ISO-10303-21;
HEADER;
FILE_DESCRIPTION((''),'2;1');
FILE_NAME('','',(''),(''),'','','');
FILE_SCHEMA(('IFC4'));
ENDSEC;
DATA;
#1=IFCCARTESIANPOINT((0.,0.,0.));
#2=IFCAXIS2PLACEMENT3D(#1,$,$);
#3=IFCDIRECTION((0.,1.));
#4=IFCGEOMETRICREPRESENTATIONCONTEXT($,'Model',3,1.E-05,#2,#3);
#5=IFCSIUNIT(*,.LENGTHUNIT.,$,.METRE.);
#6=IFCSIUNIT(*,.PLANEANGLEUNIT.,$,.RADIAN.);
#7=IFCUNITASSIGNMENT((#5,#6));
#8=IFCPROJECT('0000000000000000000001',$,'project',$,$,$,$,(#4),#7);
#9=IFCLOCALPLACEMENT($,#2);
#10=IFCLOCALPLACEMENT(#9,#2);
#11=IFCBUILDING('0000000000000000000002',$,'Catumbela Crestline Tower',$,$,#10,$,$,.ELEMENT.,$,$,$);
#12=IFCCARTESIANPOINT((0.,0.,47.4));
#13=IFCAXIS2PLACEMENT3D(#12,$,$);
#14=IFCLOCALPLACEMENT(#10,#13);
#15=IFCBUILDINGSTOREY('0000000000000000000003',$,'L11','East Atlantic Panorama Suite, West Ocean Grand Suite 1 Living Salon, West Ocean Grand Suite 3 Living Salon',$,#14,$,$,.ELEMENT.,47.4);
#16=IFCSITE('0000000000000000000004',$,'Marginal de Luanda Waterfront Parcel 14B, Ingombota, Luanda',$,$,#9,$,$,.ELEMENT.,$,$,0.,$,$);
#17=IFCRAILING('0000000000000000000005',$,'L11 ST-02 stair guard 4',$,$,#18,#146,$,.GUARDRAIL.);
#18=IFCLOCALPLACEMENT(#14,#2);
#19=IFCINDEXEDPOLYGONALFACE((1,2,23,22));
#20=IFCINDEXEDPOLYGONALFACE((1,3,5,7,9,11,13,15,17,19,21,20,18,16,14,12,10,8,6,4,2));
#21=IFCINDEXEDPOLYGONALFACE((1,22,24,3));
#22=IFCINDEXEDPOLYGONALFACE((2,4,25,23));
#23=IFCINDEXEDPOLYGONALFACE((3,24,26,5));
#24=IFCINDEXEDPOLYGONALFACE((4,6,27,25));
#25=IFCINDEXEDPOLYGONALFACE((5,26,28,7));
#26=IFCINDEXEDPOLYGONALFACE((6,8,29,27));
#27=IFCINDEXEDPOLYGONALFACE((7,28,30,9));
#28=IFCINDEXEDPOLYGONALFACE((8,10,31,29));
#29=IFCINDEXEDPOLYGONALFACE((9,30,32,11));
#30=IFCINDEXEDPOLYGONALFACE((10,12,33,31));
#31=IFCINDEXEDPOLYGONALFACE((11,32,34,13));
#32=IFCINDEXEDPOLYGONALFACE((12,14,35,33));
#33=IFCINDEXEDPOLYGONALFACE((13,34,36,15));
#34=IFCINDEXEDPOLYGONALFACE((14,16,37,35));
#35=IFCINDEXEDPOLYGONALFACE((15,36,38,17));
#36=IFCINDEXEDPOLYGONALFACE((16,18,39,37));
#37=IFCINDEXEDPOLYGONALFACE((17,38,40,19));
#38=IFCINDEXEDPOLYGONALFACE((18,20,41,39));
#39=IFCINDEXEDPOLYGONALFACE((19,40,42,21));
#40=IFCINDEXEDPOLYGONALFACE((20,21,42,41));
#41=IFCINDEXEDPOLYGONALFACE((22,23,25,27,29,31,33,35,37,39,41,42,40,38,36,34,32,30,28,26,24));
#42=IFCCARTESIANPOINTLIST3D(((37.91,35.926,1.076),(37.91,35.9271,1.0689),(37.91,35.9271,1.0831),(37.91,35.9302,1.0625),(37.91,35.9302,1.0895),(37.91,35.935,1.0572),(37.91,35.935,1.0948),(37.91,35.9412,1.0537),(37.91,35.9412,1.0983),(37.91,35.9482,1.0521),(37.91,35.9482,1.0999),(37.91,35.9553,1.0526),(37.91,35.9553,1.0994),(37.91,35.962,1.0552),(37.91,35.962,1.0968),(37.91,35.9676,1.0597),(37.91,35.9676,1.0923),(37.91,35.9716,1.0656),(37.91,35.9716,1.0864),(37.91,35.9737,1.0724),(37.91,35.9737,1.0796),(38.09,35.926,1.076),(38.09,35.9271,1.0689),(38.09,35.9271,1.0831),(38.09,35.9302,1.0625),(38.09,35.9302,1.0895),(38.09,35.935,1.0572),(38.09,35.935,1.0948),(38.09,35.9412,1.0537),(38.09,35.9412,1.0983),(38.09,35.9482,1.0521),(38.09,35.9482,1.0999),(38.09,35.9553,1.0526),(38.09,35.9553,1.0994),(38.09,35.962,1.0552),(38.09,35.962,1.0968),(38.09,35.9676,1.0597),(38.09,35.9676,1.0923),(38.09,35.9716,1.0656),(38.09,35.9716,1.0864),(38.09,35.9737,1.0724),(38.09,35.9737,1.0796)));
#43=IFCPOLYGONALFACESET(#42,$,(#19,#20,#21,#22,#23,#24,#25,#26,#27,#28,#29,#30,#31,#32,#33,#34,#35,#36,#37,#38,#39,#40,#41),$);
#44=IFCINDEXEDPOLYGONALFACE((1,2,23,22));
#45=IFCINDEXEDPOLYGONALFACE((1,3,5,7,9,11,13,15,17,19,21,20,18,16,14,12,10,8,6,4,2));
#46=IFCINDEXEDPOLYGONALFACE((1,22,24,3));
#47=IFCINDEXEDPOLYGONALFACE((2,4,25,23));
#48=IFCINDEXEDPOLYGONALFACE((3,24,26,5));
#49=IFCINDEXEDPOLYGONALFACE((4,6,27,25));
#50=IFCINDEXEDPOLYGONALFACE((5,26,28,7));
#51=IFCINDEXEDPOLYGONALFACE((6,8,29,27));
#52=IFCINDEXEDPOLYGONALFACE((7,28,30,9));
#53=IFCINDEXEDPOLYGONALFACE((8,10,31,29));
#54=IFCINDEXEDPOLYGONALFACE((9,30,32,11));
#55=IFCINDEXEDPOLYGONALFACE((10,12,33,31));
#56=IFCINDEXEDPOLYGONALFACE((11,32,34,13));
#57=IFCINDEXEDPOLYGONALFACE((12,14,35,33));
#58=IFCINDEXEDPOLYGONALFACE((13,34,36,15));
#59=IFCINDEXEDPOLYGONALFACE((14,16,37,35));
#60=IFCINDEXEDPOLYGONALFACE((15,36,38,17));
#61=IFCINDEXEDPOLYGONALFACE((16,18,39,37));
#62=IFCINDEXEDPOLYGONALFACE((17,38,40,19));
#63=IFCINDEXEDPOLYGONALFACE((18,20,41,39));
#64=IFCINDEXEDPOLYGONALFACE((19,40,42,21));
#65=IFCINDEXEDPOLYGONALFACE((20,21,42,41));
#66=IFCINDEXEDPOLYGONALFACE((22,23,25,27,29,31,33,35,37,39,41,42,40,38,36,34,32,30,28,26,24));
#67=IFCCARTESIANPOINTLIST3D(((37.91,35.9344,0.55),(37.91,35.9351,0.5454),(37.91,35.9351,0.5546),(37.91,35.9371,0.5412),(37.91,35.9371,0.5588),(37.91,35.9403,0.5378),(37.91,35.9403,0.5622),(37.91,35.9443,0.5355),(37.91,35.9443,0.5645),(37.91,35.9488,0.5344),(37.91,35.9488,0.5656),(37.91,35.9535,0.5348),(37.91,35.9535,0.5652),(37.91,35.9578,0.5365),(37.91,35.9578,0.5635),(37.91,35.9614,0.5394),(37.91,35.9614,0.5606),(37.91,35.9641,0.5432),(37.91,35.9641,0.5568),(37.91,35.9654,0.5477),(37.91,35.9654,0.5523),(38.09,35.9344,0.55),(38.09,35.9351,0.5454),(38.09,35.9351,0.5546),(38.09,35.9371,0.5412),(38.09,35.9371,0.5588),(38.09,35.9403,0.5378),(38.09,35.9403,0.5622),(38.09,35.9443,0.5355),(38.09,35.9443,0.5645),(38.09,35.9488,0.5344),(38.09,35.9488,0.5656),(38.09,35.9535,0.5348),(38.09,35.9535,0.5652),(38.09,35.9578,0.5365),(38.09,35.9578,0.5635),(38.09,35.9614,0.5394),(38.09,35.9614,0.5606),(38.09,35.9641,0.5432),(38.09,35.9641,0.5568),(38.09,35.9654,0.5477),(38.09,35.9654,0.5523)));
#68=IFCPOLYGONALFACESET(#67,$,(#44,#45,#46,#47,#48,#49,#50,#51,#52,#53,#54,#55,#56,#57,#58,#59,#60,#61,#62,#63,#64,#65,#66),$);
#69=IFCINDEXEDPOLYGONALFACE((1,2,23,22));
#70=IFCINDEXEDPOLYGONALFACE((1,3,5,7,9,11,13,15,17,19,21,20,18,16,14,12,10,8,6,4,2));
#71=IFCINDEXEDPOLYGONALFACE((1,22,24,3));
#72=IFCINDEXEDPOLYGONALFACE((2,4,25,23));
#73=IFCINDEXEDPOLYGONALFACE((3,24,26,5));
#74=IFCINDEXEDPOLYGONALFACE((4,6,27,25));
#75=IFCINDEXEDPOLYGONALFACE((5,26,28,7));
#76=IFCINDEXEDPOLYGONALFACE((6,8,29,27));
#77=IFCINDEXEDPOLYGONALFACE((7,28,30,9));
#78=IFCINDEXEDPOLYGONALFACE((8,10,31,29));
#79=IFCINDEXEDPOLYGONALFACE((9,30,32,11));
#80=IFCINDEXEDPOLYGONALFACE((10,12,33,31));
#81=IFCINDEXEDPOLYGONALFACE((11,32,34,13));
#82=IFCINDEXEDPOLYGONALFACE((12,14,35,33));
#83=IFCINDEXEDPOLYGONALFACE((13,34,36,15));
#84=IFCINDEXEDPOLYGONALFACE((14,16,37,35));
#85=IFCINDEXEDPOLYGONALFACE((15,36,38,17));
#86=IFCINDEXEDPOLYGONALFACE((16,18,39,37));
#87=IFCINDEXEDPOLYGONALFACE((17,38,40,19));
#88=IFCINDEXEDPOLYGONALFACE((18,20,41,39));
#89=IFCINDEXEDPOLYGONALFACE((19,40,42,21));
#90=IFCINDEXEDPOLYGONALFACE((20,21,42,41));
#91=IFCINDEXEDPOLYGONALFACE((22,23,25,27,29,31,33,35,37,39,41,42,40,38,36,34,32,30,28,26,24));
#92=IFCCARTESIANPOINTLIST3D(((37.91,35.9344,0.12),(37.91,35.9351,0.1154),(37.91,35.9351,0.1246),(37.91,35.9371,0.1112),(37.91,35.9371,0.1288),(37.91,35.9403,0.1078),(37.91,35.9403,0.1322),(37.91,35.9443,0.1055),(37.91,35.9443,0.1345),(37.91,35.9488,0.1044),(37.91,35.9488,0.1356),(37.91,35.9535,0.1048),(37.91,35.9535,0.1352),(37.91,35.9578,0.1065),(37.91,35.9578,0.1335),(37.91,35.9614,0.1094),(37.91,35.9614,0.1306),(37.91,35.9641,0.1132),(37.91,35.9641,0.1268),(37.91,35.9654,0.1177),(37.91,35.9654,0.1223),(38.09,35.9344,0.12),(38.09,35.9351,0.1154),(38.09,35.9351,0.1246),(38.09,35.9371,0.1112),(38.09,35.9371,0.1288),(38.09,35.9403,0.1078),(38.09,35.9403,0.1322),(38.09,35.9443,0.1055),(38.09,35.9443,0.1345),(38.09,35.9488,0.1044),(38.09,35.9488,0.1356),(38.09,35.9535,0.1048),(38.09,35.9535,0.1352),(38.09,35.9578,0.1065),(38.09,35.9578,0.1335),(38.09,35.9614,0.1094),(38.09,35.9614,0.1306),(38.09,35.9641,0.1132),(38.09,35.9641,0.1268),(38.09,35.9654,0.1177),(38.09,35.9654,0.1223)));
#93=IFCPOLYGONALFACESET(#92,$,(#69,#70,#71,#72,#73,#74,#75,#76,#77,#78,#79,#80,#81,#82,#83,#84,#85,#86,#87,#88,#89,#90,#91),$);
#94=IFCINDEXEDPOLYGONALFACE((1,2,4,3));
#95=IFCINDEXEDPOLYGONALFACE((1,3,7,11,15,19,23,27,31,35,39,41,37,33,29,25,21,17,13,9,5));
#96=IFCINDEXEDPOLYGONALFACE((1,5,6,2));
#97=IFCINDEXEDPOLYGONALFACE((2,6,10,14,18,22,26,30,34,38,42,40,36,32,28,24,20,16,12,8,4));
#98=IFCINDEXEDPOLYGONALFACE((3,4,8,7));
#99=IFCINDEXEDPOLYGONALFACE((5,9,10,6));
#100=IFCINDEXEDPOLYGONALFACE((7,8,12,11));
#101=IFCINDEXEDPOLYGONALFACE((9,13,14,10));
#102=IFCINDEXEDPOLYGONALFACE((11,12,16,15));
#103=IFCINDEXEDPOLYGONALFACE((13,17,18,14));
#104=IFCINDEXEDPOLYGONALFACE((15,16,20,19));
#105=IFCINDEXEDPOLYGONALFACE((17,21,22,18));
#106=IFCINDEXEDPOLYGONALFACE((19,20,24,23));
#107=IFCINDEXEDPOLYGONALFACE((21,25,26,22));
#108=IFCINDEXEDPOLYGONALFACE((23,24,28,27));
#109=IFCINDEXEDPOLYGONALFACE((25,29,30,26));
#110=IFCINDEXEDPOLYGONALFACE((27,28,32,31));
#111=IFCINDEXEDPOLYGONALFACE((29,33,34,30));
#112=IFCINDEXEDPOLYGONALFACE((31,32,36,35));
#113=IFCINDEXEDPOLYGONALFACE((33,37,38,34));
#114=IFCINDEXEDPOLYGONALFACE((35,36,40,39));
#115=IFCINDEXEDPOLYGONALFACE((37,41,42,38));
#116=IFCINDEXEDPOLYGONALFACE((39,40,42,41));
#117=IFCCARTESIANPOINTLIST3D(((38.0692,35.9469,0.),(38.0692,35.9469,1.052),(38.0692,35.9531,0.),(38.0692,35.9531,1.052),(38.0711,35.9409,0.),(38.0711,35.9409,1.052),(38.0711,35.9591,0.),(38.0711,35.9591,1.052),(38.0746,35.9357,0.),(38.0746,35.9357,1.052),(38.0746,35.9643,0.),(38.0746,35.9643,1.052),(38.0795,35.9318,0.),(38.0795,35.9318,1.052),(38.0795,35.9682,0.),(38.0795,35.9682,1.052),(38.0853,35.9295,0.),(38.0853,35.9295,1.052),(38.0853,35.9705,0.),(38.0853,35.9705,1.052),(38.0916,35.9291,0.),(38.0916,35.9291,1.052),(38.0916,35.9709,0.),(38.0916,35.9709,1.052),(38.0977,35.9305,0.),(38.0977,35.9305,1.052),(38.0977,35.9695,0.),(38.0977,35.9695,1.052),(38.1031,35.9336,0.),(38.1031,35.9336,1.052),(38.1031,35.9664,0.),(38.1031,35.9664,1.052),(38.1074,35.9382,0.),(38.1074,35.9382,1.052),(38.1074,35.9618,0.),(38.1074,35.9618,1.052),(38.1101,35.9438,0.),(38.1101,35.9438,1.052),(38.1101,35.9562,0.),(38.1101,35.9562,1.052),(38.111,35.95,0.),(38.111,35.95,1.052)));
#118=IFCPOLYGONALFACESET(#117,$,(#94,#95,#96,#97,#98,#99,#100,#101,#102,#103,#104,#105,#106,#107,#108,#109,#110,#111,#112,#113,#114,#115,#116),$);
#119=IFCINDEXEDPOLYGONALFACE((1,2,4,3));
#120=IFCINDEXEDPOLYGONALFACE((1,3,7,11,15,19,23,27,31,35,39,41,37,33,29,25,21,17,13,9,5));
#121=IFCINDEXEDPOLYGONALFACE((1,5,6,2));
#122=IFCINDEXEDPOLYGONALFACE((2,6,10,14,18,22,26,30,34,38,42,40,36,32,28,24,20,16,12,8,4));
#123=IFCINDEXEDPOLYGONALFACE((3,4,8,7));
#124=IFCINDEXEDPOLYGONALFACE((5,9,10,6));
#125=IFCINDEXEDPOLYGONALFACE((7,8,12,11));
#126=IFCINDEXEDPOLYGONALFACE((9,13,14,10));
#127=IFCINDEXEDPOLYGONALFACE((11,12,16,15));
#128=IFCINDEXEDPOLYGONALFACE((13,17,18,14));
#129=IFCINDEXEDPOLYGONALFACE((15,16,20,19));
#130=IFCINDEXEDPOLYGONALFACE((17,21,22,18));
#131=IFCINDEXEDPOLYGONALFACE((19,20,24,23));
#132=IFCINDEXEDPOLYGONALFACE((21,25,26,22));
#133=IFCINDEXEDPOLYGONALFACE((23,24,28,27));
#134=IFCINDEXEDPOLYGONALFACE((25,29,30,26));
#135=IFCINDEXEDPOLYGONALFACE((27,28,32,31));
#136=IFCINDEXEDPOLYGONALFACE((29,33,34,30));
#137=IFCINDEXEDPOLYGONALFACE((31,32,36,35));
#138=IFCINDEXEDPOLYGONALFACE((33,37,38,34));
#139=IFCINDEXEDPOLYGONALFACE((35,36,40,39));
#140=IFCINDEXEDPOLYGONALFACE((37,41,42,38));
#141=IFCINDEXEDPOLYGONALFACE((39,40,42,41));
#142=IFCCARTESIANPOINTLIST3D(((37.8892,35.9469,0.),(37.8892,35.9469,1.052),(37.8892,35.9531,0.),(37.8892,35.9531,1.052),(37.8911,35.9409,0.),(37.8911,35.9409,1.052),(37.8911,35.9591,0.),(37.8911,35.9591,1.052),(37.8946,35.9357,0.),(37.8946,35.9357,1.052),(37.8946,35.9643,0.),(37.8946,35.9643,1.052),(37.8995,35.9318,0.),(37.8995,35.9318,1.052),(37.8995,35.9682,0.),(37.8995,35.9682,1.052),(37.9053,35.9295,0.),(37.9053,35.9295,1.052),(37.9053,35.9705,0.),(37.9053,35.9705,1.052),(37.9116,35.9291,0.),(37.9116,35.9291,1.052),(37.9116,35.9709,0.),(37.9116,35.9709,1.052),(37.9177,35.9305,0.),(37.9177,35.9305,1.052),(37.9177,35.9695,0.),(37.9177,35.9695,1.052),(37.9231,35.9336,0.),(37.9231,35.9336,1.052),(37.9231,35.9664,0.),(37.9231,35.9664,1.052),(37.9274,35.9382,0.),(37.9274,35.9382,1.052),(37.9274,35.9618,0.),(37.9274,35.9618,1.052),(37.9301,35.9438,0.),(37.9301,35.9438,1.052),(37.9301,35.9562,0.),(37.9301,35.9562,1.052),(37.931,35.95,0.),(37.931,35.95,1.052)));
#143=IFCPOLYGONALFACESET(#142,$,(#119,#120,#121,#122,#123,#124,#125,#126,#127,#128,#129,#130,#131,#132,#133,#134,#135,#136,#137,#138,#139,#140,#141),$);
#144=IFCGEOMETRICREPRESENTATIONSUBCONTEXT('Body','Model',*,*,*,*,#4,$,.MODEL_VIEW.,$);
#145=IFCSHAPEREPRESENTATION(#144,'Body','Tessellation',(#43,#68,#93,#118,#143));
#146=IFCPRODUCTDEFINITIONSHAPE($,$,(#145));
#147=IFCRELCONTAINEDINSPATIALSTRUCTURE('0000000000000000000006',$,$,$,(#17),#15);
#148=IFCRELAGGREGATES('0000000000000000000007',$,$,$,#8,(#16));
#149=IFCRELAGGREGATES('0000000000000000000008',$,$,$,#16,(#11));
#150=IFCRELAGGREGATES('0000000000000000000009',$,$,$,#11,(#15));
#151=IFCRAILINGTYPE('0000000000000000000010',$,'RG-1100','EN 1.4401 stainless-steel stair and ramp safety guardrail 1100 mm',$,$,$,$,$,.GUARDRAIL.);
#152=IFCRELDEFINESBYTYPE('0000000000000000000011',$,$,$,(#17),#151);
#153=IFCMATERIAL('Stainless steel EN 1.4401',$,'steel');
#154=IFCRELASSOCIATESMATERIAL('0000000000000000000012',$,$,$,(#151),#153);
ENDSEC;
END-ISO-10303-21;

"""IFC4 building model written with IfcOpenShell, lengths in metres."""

from ifc_helpers import new_model, si_unit, direction, frame, origin, origin_2d, place, context, subcontext, project, spatial, circle, extrude, material, type_object, element, save


model = new_model("IFC4")

# Units and contexts
model_context = context("Model", 3, precision=1e-05, world=origin(), true_north=direction((0.0, 1.0)))
body_context = subcontext(model_context, "Body", "Model", "MODEL_VIEW")
ifc_project = project(units=[si_unit("LENGTHUNIT", "METRE"), si_unit("PLANEANGLEUNIT", "RADIAN")], contexts=[model_context])

# Site, building, storey
site_placement = place(None, origin())
site = spatial("IfcSite", under=ifc_project, at=site_placement, Name="Marginal de Luanda Waterfront Parcel 14B, Ingombota, Luanda", CompositionType="ELEMENT", RefElevation=0.0)
building_placement = place(site_placement, origin())
building = spatial("IfcBuilding", under=site, at=building_placement, Name="Catumbela Crestline Tower", CompositionType="ELEMENT")
storey_placement = place(building_placement, frame((0.0, 0.0, 47.4)))
storey = spatial("IfcBuildingStorey", under=building, at=storey_placement, Name="L11", Description="East Atlantic Panorama Suite, West Ocean Grand Suite 1 Living Salon, West Ocean Grand Suite 3 Living Salon", CompositionType="ELEMENT", Elevation=47.4)

# Shared definitions
ifc_material_1 = material(Name="Stainless steel EN 1.4401", Category="steel")

# Railing
railing_type_1 = type_object("IfcRailingType", Name="RG-1100", Description="EN 1.4401 stainless-steel stair and ramp safety guardrail 1100 mm", PredefinedType="GUARDRAIL", material=ifc_material_1)
railing_1_placement = place(storey_placement, frame((38.09, 35.95, 0.0)))
element("IfcRailing", 1, at=railing_1_placement, inside=storey, type_object=railing_type_1, Name="L11 ST-02 stair guard 4", PredefinedType="GUARDRAIL", context=body_context, shape_type="SweptSolid", body=[
    extrude(circle(Radius=0.024, at=origin_2d()), frame((0.0, 0.0, 1.076), z_axis=(-1.0, 0.0, 0.0), x_axis=(0.0, -1.0, 0.0)), (0.0, 0.0, 1.0), 0.18),
    extrude(circle(Radius=0.0156, at=origin_2d()), frame((0.0, 0.0, 0.55), z_axis=(-1.0, 0.0, 0.0), x_axis=(0.0, -1.0, 0.0)), (0.0, 0.0, 1.0), 0.18),
    extrude(circle(Radius=0.0156, at=origin_2d()), frame((0.0, 0.0, 0.12), z_axis=(-1.0, 0.0, 0.0), x_axis=(0.0, -1.0, 0.0)), (0.0, 0.0, 1.0), 0.18),
    extrude(circle(Radius=0.021, at=origin_2d()), origin(), (0.0, 0.0, 1.0), 1.052),
    extrude(circle(Radius=0.021, at=origin_2d()), frame((-0.18, 0.0, 0.0)), (0.0, 0.0, 1.0), 1.052),
])

save(model, "model.ifc")
